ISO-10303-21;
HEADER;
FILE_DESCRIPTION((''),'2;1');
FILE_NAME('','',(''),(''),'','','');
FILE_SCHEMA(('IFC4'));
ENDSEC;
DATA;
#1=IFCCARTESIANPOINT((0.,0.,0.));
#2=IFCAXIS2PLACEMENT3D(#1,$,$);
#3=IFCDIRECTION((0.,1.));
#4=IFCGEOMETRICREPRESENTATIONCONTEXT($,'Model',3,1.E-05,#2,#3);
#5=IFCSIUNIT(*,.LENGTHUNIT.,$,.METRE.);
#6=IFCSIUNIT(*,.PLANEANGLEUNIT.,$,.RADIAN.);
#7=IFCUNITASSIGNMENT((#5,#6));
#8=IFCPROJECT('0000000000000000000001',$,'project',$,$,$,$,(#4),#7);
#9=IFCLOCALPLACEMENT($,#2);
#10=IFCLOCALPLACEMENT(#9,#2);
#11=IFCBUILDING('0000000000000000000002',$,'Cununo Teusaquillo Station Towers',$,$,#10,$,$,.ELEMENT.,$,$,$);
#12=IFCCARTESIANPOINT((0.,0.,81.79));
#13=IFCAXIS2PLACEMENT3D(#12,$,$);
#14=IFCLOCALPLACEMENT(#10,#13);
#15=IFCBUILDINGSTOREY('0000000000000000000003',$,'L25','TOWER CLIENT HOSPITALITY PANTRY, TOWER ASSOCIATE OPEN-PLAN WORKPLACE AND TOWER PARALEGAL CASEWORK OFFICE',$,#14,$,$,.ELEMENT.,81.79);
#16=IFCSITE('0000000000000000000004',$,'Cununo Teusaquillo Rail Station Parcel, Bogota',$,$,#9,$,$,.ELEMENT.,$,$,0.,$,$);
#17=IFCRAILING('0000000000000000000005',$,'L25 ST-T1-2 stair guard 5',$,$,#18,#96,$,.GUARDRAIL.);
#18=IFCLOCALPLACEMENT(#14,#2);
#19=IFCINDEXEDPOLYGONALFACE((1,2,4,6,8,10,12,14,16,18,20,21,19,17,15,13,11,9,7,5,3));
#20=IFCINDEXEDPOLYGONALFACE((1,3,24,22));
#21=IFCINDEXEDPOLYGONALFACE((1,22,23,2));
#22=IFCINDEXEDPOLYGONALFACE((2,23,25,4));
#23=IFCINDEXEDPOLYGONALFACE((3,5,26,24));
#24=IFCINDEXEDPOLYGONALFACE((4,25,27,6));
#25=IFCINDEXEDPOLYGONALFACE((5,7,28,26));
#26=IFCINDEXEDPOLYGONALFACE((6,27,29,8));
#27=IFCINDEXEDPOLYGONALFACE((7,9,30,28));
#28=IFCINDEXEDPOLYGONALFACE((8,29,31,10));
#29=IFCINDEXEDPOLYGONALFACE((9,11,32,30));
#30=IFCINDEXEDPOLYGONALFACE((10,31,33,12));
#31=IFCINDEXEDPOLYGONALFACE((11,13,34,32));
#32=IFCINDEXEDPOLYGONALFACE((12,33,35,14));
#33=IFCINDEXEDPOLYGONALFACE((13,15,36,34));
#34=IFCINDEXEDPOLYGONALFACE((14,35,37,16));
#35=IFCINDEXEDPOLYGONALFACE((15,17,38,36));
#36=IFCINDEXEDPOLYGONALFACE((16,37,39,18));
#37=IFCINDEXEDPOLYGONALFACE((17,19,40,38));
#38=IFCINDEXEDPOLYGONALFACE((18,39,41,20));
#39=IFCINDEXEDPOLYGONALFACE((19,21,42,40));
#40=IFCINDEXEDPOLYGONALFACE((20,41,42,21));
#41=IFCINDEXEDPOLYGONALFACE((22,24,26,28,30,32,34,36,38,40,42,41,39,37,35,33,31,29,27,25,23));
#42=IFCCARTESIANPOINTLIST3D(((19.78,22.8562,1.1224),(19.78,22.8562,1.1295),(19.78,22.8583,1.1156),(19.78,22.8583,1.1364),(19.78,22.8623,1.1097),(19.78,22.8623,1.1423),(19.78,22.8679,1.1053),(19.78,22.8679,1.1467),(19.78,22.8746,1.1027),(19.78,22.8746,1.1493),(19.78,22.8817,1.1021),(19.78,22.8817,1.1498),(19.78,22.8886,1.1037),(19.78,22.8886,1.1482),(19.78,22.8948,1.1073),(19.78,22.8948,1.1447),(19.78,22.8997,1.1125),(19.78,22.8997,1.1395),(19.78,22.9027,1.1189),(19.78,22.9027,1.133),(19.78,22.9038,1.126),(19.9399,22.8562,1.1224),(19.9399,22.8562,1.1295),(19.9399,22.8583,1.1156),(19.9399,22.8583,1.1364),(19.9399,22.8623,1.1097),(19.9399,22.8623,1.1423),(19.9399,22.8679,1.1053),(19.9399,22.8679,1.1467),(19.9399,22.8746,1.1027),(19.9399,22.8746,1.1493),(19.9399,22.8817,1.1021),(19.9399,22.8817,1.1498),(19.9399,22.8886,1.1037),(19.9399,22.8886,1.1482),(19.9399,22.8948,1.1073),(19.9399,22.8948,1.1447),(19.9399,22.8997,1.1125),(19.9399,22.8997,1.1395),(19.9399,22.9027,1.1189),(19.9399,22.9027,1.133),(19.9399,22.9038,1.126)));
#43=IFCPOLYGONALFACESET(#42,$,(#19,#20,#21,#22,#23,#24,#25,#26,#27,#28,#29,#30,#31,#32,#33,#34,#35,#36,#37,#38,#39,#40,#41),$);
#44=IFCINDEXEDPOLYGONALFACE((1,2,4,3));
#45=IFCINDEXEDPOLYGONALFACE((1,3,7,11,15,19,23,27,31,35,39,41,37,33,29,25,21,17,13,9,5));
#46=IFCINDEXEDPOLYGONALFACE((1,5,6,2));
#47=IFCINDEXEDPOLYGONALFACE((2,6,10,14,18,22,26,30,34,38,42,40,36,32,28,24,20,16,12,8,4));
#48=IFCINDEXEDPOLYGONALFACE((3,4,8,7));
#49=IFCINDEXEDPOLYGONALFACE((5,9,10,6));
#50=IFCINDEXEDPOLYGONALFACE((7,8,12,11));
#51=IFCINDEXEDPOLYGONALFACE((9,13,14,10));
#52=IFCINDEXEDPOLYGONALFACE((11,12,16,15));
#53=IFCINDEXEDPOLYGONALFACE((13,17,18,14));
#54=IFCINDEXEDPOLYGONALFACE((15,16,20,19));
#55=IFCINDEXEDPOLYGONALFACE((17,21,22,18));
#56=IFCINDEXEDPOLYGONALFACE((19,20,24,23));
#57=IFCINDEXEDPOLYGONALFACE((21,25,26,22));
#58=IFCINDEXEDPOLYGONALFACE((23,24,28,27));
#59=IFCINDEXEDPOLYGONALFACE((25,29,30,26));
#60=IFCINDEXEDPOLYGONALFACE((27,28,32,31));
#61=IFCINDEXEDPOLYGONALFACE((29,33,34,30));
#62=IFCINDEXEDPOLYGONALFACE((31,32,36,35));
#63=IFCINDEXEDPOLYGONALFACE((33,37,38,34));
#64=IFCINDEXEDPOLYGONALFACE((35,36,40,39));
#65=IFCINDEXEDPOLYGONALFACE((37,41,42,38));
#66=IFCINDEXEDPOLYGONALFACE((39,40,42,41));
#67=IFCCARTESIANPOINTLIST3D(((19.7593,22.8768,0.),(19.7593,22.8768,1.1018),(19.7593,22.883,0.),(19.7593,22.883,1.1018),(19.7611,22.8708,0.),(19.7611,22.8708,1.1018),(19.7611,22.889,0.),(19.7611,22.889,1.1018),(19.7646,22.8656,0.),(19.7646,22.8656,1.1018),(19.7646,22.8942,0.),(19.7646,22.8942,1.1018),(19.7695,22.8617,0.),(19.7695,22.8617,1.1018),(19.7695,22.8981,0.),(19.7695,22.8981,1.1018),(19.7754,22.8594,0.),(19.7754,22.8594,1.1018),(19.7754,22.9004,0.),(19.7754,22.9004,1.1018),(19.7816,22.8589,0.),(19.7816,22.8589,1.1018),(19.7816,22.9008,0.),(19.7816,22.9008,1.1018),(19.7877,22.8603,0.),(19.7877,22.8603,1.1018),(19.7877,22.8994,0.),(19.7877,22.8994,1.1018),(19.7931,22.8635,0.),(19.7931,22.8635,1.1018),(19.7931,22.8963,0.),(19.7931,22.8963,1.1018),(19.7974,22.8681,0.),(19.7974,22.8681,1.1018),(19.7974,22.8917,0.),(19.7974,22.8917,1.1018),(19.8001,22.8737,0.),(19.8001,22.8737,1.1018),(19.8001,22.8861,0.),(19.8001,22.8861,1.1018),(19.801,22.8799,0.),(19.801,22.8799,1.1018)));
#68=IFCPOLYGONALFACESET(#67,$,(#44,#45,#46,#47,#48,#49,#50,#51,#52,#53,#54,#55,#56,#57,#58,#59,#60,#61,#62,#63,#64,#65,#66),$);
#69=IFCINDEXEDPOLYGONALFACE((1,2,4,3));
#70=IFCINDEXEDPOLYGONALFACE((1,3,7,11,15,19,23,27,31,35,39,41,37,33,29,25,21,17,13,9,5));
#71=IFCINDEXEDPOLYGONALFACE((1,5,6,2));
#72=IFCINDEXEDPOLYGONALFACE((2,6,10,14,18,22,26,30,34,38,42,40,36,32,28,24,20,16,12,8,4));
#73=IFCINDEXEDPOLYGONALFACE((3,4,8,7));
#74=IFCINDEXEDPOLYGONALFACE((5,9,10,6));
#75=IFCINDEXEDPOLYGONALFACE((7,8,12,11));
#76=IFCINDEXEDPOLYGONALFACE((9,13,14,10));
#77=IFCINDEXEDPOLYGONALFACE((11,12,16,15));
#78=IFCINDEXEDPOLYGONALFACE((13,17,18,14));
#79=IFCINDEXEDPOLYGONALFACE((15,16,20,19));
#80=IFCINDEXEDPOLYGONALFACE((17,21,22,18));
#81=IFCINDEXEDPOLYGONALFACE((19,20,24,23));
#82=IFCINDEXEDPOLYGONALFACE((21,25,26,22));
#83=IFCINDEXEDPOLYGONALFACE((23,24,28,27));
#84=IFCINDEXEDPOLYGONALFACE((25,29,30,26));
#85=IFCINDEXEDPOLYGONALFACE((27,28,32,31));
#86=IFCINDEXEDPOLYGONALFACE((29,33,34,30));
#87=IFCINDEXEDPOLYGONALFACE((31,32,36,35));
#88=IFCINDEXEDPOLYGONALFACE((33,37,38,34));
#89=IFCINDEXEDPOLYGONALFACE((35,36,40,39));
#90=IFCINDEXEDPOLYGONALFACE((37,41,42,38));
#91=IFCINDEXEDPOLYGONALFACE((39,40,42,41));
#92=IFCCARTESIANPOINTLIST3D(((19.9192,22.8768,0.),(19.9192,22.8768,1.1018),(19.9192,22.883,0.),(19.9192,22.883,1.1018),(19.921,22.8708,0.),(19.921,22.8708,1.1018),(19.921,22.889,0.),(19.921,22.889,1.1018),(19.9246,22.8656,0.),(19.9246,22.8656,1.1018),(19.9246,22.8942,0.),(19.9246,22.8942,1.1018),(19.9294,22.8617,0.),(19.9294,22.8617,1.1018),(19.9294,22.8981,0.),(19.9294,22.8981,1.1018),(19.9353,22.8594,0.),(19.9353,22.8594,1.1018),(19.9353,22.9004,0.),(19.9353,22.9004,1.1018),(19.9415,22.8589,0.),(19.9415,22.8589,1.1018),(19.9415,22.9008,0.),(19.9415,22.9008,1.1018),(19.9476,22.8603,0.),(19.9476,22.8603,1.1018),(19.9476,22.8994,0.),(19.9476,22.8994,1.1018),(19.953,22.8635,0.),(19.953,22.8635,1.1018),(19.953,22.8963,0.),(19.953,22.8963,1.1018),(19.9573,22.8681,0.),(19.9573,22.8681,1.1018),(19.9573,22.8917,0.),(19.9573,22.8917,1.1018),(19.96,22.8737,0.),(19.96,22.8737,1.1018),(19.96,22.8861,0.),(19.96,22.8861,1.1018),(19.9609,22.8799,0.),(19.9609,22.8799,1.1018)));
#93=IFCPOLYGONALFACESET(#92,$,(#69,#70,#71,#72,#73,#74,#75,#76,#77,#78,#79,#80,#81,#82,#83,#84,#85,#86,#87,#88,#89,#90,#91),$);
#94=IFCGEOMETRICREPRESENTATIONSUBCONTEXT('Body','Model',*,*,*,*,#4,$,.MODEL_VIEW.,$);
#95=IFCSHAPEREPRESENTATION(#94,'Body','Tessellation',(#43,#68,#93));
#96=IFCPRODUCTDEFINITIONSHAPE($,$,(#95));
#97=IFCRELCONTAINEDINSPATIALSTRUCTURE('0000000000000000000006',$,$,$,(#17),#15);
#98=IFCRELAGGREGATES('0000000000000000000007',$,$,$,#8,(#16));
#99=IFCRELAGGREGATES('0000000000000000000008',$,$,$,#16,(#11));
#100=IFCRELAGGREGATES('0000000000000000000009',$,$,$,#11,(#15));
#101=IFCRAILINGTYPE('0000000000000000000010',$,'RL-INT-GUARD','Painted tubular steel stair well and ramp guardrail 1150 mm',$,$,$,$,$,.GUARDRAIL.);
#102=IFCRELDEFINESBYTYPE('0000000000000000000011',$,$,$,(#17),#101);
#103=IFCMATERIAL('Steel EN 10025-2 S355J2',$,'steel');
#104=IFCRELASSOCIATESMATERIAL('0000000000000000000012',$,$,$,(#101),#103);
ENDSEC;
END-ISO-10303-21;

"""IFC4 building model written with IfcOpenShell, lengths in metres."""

from ifc_helpers import new_model, si_unit, direction, frame, origin, origin_2d, place, context, subcontext, project, spatial, circle, extrude, material, type_object, element, save


model = new_model("IFC4")

# Units and contexts
model_context = context("Model", 3, precision=1e-05, world=origin(), true_north=direction((0.0, 1.0)))
body_context = subcontext(model_context, "Body", "Model", "MODEL_VIEW")
ifc_project = project(units=[si_unit("LENGTHUNIT", "METRE"), si_unit("PLANEANGLEUNIT", "RADIAN")], contexts=[model_context])

# Site, building, storey
site_placement = place(None, origin())
site = spatial("IfcSite", under=ifc_project, at=site_placement, Name="Cununo Teusaquillo Rail Station Parcel, Bogota", CompositionType="ELEMENT", RefElevation=0.0)
building_placement = place(site_placement, origin())
building = spatial("IfcBuilding", under=site, at=building_placement, Name="Cununo Teusaquillo Station Towers", CompositionType="ELEMENT")
storey_placement = place(building_placement, frame((0.0, 0.0, 81.79)))
storey = spatial("IfcBuildingStorey", under=building, at=storey_placement, Name="L25", Description="TOWER CLIENT HOSPITALITY PANTRY, TOWER ASSOCIATE OPEN-PLAN WORKPLACE AND TOWER PARALEGAL CASEWORK OFFICE", CompositionType="ELEMENT", Elevation=81.79)

# Railing
ifc_material_1 = material(Name="Steel EN 10025-2 S355J2", Category="steel")
railing_type_1 = type_object("IfcRailingType", Name="RL-INT-GUARD", Description="Painted tubular steel stair well and ramp guardrail 1150 mm", PredefinedType="GUARDRAIL", material=ifc_material_1)
railing_1_placement = place(storey_placement, frame((19.78, 22.8799, 0.0)))
element("IfcRailing", 1, at=railing_1_placement, inside=storey, type_object=railing_type_1, Name="L25 ST-T1-2 stair guard 5", PredefinedType="GUARDRAIL", context=body_context, shape_type="SweptSolid", body=[
    extrude(circle(Radius=0.0239, at=origin_2d()), frame((0.0, 0.0, 1.126), z_axis=(1.0, 0.0, 0.0), x_axis=(0.0, 1.0, 0.0)), (0.0, 0.0, 1.0), 0.1599),
    extrude(circle(Radius=0.021, at=origin_2d()), origin(), (0.0, 0.0, 1.0), 1.1018),
    extrude(circle(Radius=0.021, at=origin_2d()), frame((0.1599, 0.0, 0.0)), (0.0, 0.0, 1.0), 1.1018),
])

save(model, "model.ifc")
